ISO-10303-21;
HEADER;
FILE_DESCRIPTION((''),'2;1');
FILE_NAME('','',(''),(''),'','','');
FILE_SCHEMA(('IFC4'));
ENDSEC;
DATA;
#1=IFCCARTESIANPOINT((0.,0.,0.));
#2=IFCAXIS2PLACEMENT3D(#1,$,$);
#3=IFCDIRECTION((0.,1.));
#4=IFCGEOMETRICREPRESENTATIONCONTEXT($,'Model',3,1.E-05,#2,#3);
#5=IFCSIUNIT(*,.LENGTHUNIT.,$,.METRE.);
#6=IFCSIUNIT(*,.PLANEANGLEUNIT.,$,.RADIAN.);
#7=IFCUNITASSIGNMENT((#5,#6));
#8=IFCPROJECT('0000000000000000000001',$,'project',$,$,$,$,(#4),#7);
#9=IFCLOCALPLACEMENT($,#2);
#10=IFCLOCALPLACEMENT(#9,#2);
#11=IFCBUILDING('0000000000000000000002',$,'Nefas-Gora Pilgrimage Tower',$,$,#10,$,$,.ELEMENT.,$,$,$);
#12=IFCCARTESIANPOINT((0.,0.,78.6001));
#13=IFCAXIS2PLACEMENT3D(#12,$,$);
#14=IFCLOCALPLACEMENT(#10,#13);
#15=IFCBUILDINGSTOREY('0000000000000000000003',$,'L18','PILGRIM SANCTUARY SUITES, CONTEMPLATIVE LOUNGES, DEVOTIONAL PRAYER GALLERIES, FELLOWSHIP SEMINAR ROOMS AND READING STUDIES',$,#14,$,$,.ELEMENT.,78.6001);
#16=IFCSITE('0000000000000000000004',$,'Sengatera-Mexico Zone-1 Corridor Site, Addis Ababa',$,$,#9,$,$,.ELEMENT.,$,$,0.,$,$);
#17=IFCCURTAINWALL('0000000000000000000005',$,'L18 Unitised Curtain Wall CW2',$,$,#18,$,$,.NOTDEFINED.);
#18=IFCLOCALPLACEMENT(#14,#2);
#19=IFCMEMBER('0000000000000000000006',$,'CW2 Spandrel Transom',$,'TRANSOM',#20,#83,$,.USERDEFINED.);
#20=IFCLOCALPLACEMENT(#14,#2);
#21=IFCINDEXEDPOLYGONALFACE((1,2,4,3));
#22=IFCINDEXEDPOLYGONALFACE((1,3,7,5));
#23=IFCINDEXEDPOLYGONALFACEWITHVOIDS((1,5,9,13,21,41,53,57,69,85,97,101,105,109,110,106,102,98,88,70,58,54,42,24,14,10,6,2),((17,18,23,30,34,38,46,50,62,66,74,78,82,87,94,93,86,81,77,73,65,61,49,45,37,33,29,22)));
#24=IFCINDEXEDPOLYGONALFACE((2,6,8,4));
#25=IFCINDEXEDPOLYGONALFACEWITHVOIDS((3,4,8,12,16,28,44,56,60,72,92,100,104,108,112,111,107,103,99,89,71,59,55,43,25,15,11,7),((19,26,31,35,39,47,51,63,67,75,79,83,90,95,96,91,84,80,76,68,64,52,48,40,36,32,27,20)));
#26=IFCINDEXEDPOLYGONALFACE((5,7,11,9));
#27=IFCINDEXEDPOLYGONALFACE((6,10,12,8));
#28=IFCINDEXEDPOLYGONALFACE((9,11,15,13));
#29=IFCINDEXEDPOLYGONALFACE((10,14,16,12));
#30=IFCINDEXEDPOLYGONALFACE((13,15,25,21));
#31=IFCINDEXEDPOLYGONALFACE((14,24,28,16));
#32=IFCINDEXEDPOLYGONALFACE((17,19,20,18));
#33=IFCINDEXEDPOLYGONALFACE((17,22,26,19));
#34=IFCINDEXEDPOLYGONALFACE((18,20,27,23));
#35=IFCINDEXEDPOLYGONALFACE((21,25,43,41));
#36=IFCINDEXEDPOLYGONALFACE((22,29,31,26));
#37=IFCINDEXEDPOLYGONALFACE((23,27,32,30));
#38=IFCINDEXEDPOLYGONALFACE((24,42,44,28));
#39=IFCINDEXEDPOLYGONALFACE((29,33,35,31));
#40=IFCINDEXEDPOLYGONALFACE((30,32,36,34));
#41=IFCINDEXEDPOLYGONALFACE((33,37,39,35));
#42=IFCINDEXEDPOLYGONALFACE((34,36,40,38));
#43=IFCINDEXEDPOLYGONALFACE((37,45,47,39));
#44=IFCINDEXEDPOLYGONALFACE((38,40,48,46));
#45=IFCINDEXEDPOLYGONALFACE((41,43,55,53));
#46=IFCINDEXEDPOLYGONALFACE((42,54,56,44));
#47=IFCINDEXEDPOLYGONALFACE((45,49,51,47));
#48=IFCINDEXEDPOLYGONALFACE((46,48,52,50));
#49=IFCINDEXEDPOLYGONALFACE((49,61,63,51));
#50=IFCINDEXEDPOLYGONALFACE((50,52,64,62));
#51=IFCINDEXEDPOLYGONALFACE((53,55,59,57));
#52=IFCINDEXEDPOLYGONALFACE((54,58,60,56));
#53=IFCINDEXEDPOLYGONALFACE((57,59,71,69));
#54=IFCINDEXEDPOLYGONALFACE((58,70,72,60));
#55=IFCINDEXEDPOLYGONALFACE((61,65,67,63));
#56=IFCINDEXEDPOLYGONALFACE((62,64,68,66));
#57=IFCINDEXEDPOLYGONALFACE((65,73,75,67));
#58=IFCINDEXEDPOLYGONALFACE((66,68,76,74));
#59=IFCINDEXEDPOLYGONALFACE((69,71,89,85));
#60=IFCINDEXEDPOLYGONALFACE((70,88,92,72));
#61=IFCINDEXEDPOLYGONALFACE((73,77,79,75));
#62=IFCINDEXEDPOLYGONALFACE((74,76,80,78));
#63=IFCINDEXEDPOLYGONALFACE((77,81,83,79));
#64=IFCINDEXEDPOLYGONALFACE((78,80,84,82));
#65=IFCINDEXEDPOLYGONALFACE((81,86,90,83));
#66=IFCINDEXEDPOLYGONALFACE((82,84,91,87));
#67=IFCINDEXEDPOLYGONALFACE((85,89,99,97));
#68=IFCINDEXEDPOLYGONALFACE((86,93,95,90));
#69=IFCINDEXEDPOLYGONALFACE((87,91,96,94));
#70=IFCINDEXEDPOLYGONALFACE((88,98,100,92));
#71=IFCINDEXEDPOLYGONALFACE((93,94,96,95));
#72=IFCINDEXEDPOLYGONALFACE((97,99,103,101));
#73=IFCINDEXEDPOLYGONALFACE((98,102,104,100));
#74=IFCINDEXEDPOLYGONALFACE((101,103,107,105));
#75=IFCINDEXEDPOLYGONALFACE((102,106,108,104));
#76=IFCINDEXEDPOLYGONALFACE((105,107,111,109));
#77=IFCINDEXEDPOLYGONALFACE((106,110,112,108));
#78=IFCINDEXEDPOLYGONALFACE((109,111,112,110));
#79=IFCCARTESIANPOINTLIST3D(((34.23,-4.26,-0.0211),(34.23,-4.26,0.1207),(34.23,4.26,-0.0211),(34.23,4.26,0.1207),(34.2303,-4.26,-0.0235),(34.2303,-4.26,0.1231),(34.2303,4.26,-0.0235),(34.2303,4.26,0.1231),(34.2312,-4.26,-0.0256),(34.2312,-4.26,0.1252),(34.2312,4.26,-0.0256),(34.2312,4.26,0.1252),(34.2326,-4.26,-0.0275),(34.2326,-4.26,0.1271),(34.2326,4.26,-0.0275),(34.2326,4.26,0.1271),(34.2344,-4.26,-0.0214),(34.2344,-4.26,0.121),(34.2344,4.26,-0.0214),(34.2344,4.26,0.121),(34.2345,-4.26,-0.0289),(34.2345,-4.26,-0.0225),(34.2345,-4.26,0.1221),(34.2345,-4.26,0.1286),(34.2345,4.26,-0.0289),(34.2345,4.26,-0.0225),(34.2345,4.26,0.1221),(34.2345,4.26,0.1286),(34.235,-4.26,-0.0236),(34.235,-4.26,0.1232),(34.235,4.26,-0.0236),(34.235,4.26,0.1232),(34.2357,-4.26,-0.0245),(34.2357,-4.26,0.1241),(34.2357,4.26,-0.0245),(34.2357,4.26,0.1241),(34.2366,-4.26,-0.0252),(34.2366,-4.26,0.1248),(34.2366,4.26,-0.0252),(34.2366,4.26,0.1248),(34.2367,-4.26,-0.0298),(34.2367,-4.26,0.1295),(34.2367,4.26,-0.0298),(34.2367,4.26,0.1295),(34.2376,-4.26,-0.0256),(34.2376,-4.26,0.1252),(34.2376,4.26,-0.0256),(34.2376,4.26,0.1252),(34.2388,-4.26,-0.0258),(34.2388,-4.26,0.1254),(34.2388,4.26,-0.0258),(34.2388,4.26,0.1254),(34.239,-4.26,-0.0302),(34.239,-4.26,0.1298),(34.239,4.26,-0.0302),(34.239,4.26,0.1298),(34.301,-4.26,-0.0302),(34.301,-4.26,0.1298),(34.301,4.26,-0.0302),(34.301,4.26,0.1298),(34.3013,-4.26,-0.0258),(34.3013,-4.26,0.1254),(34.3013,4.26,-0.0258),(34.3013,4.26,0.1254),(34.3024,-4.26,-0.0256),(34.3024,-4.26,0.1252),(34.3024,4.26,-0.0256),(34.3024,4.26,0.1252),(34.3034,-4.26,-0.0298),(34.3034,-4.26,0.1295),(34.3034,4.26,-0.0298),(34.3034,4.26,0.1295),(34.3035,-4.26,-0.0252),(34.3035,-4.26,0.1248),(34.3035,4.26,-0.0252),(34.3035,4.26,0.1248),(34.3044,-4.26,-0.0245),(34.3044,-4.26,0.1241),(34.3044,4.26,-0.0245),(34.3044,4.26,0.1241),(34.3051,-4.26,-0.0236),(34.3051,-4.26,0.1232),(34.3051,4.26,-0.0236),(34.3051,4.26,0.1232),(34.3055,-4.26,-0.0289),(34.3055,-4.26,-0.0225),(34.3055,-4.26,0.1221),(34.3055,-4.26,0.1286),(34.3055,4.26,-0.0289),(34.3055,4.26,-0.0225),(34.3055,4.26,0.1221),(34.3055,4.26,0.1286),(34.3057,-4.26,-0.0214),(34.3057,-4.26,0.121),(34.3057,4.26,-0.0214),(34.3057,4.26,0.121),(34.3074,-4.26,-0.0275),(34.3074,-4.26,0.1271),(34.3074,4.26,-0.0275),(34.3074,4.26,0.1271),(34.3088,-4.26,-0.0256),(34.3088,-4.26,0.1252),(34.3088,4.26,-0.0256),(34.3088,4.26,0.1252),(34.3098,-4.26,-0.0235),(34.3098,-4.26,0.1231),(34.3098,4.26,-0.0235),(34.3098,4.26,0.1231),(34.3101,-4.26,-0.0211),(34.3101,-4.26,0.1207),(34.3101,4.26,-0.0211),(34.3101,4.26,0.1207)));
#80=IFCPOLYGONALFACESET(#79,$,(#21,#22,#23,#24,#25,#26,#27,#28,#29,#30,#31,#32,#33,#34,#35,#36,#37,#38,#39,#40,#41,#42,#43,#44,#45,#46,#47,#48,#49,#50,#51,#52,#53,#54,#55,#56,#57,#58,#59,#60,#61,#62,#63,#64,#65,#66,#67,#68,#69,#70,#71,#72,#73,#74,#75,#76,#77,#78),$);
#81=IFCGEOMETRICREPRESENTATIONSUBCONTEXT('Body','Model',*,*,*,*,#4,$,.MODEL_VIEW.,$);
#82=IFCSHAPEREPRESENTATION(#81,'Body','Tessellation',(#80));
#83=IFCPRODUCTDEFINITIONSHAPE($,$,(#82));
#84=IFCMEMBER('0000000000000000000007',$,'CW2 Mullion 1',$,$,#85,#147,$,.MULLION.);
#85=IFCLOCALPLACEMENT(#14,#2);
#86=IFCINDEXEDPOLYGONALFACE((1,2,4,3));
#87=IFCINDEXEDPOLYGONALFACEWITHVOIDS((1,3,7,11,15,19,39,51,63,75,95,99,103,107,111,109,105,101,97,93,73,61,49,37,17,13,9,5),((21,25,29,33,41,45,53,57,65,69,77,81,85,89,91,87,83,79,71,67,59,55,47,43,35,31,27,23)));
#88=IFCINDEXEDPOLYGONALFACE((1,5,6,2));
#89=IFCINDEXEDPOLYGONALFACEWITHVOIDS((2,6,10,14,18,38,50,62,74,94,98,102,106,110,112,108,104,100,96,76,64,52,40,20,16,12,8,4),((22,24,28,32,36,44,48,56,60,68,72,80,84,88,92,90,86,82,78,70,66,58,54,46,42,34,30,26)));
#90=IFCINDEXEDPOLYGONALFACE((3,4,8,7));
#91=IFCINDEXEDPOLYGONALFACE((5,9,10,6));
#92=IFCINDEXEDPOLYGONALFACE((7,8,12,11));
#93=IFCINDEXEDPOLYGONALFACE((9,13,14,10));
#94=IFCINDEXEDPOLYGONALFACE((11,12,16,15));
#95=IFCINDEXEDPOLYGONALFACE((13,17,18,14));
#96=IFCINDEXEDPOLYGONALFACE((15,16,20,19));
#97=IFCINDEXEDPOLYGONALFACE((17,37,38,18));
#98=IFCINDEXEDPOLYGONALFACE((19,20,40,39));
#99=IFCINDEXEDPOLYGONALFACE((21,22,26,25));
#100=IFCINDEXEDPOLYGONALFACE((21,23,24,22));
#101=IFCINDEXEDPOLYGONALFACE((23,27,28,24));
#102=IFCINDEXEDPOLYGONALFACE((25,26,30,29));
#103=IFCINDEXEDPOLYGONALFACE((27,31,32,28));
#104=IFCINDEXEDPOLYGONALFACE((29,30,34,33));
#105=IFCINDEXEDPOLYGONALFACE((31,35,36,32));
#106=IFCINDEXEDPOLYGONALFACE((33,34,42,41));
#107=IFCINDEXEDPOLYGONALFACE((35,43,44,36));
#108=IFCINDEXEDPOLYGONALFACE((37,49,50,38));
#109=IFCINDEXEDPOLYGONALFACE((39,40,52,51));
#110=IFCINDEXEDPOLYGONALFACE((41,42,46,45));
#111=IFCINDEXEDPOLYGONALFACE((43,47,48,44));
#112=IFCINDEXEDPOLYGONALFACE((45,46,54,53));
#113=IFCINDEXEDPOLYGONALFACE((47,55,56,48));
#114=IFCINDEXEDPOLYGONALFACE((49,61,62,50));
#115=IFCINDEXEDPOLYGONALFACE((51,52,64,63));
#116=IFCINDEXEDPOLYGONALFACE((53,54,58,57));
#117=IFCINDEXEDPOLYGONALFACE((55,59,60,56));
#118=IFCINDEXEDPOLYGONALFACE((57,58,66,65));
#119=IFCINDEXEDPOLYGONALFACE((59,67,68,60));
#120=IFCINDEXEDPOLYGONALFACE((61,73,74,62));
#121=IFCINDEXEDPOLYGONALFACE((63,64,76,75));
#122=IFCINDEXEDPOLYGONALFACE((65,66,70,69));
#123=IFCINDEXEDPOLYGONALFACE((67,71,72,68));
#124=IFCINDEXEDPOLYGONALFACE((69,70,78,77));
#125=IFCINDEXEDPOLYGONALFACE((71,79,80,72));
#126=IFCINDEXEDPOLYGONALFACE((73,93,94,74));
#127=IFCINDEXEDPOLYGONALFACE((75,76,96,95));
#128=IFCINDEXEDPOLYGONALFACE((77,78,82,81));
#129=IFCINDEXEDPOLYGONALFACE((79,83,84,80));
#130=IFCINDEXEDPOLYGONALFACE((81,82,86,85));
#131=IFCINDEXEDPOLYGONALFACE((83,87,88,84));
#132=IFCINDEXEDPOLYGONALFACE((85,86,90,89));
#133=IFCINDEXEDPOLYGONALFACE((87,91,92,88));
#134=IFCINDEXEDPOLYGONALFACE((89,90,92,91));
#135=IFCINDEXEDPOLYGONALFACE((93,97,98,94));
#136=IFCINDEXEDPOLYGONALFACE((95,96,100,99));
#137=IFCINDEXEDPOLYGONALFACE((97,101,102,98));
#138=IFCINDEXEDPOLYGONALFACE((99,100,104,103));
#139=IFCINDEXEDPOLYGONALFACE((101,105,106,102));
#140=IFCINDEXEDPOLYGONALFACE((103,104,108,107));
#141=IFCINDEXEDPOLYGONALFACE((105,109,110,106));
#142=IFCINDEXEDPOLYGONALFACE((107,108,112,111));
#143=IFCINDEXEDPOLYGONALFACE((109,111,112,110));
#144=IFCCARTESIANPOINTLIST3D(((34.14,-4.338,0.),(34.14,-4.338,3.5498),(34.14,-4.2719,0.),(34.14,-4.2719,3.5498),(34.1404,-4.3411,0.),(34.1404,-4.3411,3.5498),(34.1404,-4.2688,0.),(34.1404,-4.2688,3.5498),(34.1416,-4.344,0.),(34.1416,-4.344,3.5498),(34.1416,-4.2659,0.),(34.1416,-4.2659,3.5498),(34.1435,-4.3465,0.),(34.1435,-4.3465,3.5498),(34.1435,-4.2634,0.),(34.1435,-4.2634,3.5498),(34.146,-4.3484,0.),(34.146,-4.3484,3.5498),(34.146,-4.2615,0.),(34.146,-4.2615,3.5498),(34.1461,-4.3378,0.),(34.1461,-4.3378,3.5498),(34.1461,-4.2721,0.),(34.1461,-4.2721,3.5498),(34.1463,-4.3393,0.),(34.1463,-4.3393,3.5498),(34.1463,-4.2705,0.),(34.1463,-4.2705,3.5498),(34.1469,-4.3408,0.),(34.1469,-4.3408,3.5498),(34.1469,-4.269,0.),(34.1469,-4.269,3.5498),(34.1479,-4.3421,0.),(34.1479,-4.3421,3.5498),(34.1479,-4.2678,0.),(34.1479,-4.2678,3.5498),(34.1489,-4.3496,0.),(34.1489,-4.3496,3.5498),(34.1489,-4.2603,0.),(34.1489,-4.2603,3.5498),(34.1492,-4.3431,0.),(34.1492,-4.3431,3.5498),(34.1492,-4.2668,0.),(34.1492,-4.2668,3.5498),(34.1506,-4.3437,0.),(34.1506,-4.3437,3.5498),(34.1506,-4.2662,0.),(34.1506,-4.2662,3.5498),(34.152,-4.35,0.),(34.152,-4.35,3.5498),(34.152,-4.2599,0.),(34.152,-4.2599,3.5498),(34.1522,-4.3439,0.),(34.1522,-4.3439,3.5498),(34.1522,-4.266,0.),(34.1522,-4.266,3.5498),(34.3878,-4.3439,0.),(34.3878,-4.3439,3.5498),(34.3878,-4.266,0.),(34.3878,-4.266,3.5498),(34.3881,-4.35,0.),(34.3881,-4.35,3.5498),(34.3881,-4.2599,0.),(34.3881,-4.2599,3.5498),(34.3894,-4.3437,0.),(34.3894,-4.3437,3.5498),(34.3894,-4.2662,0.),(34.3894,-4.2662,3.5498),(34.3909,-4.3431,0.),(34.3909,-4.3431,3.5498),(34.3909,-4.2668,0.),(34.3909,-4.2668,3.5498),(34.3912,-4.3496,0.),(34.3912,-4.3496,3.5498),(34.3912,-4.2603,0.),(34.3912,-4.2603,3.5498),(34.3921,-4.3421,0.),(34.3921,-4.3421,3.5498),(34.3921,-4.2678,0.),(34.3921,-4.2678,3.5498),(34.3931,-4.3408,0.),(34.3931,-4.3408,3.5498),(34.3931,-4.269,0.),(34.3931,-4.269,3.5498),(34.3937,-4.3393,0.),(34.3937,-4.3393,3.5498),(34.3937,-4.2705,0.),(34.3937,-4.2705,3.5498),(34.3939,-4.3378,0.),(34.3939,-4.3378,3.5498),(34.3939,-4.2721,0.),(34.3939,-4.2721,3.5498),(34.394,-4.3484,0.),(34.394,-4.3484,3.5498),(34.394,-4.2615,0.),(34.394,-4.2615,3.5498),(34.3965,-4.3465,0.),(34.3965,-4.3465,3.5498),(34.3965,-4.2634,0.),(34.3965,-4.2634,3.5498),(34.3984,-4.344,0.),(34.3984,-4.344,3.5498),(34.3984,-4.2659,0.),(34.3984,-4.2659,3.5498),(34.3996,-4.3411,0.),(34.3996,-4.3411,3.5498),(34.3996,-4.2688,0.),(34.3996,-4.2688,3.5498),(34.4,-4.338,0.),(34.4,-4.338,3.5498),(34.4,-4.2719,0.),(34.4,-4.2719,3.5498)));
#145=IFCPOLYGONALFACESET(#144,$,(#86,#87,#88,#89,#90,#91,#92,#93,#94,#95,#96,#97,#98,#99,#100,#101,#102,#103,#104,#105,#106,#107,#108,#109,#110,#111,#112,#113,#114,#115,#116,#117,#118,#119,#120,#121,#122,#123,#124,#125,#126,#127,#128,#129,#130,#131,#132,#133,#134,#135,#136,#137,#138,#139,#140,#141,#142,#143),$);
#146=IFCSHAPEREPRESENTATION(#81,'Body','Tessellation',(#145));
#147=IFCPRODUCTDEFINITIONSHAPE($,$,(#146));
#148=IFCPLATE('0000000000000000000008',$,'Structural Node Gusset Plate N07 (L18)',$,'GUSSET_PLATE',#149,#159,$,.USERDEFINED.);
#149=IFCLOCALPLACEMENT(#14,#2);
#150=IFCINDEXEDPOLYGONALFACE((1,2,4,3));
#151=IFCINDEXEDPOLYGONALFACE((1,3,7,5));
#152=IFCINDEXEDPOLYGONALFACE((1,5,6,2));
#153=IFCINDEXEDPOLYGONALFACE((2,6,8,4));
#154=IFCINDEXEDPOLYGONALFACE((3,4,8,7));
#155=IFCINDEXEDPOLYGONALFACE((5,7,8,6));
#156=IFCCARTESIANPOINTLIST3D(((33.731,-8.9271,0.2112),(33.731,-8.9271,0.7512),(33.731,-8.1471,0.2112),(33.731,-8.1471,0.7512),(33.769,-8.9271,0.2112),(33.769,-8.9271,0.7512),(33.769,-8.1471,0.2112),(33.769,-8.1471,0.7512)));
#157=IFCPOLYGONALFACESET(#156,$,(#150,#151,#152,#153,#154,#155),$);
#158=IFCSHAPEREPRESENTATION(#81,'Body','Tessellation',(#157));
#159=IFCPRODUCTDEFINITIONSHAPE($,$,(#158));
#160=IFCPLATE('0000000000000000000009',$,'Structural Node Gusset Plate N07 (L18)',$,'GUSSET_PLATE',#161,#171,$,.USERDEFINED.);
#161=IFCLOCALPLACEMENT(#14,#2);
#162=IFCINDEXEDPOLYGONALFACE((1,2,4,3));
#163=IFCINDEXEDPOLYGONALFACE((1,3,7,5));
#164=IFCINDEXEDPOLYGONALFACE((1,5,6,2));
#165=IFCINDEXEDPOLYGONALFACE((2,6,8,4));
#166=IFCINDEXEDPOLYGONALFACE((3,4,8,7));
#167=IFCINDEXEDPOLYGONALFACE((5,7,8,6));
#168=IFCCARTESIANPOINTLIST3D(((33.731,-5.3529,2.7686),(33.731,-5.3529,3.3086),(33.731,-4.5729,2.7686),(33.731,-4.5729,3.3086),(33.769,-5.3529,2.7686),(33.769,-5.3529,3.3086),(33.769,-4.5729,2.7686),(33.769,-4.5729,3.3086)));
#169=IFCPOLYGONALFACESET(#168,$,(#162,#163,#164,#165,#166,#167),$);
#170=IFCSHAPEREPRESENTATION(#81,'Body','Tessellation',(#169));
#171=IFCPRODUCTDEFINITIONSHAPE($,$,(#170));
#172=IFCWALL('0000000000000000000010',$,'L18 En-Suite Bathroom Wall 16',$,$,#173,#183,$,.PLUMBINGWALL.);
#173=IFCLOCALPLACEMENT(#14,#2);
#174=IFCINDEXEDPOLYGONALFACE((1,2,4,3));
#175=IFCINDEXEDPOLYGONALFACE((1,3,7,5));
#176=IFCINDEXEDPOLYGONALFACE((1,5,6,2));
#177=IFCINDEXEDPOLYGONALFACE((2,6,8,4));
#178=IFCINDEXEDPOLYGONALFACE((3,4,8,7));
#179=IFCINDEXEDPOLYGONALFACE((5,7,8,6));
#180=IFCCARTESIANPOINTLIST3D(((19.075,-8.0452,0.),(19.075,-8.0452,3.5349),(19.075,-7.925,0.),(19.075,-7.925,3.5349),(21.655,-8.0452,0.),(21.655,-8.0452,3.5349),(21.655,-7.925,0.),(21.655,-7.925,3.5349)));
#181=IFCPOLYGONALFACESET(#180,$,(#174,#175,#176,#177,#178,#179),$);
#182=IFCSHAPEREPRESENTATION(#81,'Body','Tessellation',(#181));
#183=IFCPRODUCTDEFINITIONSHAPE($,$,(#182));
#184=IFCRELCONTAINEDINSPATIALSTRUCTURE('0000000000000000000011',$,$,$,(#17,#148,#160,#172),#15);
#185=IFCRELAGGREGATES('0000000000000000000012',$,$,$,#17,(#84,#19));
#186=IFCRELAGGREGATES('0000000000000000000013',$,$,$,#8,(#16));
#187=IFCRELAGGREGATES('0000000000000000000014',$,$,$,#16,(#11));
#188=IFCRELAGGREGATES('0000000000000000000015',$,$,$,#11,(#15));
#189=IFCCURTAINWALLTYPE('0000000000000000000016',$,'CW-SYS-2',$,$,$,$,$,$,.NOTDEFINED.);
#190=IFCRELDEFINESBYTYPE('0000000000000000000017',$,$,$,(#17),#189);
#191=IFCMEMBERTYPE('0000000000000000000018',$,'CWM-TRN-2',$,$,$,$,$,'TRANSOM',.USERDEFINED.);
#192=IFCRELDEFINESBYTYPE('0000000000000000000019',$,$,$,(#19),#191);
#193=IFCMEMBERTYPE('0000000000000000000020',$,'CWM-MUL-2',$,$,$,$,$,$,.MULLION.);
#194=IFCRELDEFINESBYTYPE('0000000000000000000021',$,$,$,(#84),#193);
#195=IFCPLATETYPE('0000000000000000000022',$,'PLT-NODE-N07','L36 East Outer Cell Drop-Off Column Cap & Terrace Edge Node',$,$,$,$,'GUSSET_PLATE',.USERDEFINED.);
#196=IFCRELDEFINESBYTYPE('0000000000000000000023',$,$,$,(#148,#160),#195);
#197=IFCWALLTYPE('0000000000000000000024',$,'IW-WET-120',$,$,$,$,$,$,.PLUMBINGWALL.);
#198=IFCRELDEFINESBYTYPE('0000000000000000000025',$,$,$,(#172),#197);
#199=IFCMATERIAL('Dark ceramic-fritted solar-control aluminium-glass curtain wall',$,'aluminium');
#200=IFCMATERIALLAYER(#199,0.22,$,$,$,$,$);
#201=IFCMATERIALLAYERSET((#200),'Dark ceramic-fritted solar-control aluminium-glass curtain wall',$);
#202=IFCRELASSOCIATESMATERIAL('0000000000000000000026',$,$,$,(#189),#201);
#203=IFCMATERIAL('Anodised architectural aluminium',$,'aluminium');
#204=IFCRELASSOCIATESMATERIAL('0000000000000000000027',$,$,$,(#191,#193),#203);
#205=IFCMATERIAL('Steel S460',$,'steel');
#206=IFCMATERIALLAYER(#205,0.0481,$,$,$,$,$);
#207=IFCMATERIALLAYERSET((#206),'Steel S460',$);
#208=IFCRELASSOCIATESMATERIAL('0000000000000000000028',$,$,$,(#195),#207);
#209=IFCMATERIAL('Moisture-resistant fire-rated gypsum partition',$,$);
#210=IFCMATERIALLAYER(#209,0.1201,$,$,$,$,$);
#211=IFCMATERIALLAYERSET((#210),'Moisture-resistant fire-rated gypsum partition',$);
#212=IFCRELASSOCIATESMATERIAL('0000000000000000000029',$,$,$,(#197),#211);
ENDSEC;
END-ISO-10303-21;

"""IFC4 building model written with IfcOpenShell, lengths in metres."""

from ifc_helpers import new_model, si_unit, direction, frame, frame_2d, origin, origin_2d, place, context, subcontext, project, spatial, rectangle, hollow_rectangle, extrude, source, transform, mapped, material, layer, layer_set, material_profile, profile_set, type_object, element, aggregate, save


model = new_model("IFC4")

# Units and contexts
model_context = context("Model", 3, precision=1e-05, world=origin(), true_north=direction((0.0, 1.0)))
body_context = subcontext(model_context, "Body", "Model", "MODEL_VIEW")
ifc_project = project(units=[si_unit("LENGTHUNIT", "METRE"), si_unit("PLANEANGLEUNIT", "RADIAN")], contexts=[model_context])

# Site, building, storey
site_placement = place(None, origin())
site = spatial("IfcSite", under=ifc_project, at=site_placement, Name="Sengatera-Mexico Zone-1 Corridor Site, Addis Ababa", CompositionType="ELEMENT", RefElevation=0.0)
building_placement = place(site_placement, origin())
building = spatial("IfcBuilding", under=site, at=building_placement, Name="Nefas-Gora Pilgrimage Tower", CompositionType="ELEMENT")
storey_placement = place(building_placement, frame((0.0, 0.0, 78.6001)))
storey = spatial("IfcBuildingStorey", under=building, at=storey_placement, Name="L18", Description="PILGRIM SANCTUARY SUITES, CONTEMPLATIVE LOUNGES, DEVOTIONAL PRAYER GALLERIES, FELLOWSHIP SEMINAR ROOMS AND READING STUDIES", CompositionType="ELEMENT", Elevation=78.6001)

# Shared definitions
ifc_material_1 = material(Name="Steel S460", Category="steel")

# Curtain wall, members
ifc_material_2 = material(Name="Dark ceramic-fritted solar-control aluminium-glass curtain wall", Category="aluminium")
ifc_layer_1 = layer(ifc_material_2, 0.22)
ifc_layer_set_1 = layer_set([ifc_layer_1], Name="Dark ceramic-fritted solar-control aluminium-glass curtain wall")
curtain_wall_type = type_object("IfcCurtainWallType", Name="CW-SYS-2", PredefinedType="NOTDEFINED", material=ifc_layer_set_1)
curtain_wall_placement = place(storey_placement, origin())
curtain_wall = element("IfcCurtainWall", 1, at=curtain_wall_placement, inside=storey, type_object=curtain_wall_type, Name="L18 Unitised Curtain Wall CW2", PredefinedType="NOTDEFINED")
ifc_material_3 = material(Name="Anodised architectural aluminium", Category="aluminium")
ifc_material_profile_1 = material_profile(ifc_material_3, hollow_rectangle(XDim=0.0801, YDim=0.1599, WallThickness=0.0044, InnerFilletRadius=0.0044, OuterFilletRadius=0.009, at=origin_2d()), Name="ALU TRANSOM 80x160")
ifc_profile_set_1 = profile_set([ifc_material_profile_1], Name="Anodised architectural aluminium")
member_type_1 = type_object("IfcMemberType", Name="CWM-TRN-2", ElementType="TRANSOM", PredefinedType="USERDEFINED", material=ifc_profile_set_1)
shared_shape_1 = source(origin(), body_context, "Body", "SweptSolid", [
    extrude(hollow_rectangle(XDim=0.0801, YDim=0.1599, WallThickness=0.0044, InnerFilletRadius=0.0044, OuterFilletRadius=0.009, at=origin_2d()), origin(), (0.0, 0.0, 1.0), 8.52),
])
member_1_placement = place(storey_placement, frame((34.27, -4.26, 0.0498), z_axis=(0.0, 1.0, 0.0), x_axis=(-1.0, 0.0, 0.0)))
member_1 = element("IfcMember", 2, at=member_1_placement, type_object=member_type_1, Name="CW2 Spandrel Transom", ObjectType="TRANSOM", PredefinedType="USERDEFINED", context=body_context, shape_type="MappedRepresentation", body=[
    mapped(shared_shape_1, transform((0.0, 0.0, 0.0), x_axis=(1.0, 0.0, 0.0), y_axis=(0.0, 1.0, 0.0), z_axis=(0.0, 0.0, 1.0), scale=1.0)),
])
ifc_material_profile_2 = material_profile(ifc_material_3, hollow_rectangle(XDim=0.0901, YDim=0.26, WallThickness=0.0061, InnerFilletRadius=0.0061, OuterFilletRadius=0.012, at=origin_2d()), Name="ALU MULLION 90x260")
ifc_profile_set_2 = profile_set([ifc_material_profile_2], Name="Anodised architectural aluminium")
member_type_2 = type_object("IfcMemberType", Name="CWM-MUL-2", PredefinedType="MULLION", material=ifc_profile_set_2)
shared_shape_2 = source(origin(), body_context, "Body", "SweptSolid", [
    extrude(hollow_rectangle(XDim=0.0901, YDim=0.26, WallThickness=0.0061, InnerFilletRadius=0.0061, OuterFilletRadius=0.012, at=origin_2d()), origin(), (0.0, 0.0, 1.0), 3.5498),
])
member_2_placement = place(storey_placement, frame((34.27, -4.3049, 0.0), z_axis=(0.0, 0.0, 1.0), x_axis=(0.0, 1.0, 0.0)))
member_2 = element("IfcMember", 3, at=member_2_placement, type_object=member_type_2, Name="CW2 Mullion 1", PredefinedType="MULLION", context=body_context, shape_type="MappedRepresentation", body=[
    mapped(shared_shape_2, transform((0.0, 0.0, 0.0), x_axis=(1.0, 0.0, 0.0), y_axis=(0.0, 1.0, 0.0), z_axis=(0.0, 0.0, 1.0), scale=1.0)),
])
aggregate(curtain_wall, [member_2, member_1])

# Plates
ifc_layer_2 = layer(ifc_material_1, 0.0481)
ifc_layer_set_2 = layer_set([ifc_layer_2], Name="Steel S460")
plate_type = type_object("IfcPlateType", Name="PLT-NODE-N07", Description="L36 East Outer Cell Drop-Off Column Cap & Terrace Edge Node", ElementType="GUSSET_PLATE", PredefinedType="USERDEFINED", material=ifc_layer_set_2)
shared_shape_3 = source(origin(), body_context, "Body", "SweptSolid", [
    extrude(rectangle(XDim=0.78, YDim=0.0381, at=origin_2d()), origin(), (0.0, 0.0, 1.0), 0.54),
])
for number, where, z_axis, x_axis, name in (
    (4, (33.75, -8.5371, 0.2112), (0.0, 0.0, 1.0), (0.0, 1.0, 0.0), "Structural Node Gusset Plate N07 (L18)"),
    (5, (33.75, -4.9629, 2.7686), (0.0, 0.0, 1.0), (0.0, 1.0, 0.0), "Structural Node Gusset Plate N07 (L18)"),
):
    element("IfcPlate", number, at=place(storey_placement, frame(where, z_axis=z_axis, x_axis=x_axis)), inside=storey, type_object=plate_type, Name=name, ObjectType="GUSSET_PLATE", PredefinedType="USERDEFINED", context=body_context, shape_type="MappedRepresentation", body=[
        mapped(shared_shape_3, transform((0.0, 0.0, 0.0), x_axis=(1.0, 0.0, 0.0), y_axis=(0.0, 1.0, 0.0), z_axis=(0.0, 0.0, 1.0), scale=1.0)),
    ])

# Wall
ifc_material_4 = material(Name="Moisture-resistant fire-rated gypsum partition")
ifc_layer_3 = layer(ifc_material_4, 0.1201)
ifc_layer_set_3 = layer_set([ifc_layer_3], Name="Moisture-resistant fire-rated gypsum partition")
wall_type_1 = type_object("IfcWallType", Name="IW-WET-120", PredefinedType="PLUMBINGWALL", material=ifc_layer_set_3)
shared_shape_4 = source(origin(), body_context, "Body", "SweptSolid", [
    extrude(rectangle(XDim=2.5801, YDim=0.1201, at=frame_2d((1.29, 0.0))), origin(), (0.0, 0.0, 1.0), 3.5349),
])
wall_1_placement = place(storey_placement, frame((19.075, -7.9851, 0.0), z_axis=(0.0, 0.0, 1.0), x_axis=(1.0, 0.0, 0.0)))
element("IfcWall", 6, at=wall_1_placement, inside=storey, type_object=wall_type_1, Name="L18 En-Suite Bathroom Wall 16", PredefinedType="PLUMBINGWALL", context=body_context, shape_type="MappedRepresentation", body=[
    mapped(shared_shape_4, transform((0.0, 0.0, 0.0), x_axis=(1.0, 0.0, 0.0), y_axis=(0.0, 1.0, 0.0), z_axis=(0.0, 0.0, 1.0), scale=1.0)),
])

save(model, "model.ifc")
